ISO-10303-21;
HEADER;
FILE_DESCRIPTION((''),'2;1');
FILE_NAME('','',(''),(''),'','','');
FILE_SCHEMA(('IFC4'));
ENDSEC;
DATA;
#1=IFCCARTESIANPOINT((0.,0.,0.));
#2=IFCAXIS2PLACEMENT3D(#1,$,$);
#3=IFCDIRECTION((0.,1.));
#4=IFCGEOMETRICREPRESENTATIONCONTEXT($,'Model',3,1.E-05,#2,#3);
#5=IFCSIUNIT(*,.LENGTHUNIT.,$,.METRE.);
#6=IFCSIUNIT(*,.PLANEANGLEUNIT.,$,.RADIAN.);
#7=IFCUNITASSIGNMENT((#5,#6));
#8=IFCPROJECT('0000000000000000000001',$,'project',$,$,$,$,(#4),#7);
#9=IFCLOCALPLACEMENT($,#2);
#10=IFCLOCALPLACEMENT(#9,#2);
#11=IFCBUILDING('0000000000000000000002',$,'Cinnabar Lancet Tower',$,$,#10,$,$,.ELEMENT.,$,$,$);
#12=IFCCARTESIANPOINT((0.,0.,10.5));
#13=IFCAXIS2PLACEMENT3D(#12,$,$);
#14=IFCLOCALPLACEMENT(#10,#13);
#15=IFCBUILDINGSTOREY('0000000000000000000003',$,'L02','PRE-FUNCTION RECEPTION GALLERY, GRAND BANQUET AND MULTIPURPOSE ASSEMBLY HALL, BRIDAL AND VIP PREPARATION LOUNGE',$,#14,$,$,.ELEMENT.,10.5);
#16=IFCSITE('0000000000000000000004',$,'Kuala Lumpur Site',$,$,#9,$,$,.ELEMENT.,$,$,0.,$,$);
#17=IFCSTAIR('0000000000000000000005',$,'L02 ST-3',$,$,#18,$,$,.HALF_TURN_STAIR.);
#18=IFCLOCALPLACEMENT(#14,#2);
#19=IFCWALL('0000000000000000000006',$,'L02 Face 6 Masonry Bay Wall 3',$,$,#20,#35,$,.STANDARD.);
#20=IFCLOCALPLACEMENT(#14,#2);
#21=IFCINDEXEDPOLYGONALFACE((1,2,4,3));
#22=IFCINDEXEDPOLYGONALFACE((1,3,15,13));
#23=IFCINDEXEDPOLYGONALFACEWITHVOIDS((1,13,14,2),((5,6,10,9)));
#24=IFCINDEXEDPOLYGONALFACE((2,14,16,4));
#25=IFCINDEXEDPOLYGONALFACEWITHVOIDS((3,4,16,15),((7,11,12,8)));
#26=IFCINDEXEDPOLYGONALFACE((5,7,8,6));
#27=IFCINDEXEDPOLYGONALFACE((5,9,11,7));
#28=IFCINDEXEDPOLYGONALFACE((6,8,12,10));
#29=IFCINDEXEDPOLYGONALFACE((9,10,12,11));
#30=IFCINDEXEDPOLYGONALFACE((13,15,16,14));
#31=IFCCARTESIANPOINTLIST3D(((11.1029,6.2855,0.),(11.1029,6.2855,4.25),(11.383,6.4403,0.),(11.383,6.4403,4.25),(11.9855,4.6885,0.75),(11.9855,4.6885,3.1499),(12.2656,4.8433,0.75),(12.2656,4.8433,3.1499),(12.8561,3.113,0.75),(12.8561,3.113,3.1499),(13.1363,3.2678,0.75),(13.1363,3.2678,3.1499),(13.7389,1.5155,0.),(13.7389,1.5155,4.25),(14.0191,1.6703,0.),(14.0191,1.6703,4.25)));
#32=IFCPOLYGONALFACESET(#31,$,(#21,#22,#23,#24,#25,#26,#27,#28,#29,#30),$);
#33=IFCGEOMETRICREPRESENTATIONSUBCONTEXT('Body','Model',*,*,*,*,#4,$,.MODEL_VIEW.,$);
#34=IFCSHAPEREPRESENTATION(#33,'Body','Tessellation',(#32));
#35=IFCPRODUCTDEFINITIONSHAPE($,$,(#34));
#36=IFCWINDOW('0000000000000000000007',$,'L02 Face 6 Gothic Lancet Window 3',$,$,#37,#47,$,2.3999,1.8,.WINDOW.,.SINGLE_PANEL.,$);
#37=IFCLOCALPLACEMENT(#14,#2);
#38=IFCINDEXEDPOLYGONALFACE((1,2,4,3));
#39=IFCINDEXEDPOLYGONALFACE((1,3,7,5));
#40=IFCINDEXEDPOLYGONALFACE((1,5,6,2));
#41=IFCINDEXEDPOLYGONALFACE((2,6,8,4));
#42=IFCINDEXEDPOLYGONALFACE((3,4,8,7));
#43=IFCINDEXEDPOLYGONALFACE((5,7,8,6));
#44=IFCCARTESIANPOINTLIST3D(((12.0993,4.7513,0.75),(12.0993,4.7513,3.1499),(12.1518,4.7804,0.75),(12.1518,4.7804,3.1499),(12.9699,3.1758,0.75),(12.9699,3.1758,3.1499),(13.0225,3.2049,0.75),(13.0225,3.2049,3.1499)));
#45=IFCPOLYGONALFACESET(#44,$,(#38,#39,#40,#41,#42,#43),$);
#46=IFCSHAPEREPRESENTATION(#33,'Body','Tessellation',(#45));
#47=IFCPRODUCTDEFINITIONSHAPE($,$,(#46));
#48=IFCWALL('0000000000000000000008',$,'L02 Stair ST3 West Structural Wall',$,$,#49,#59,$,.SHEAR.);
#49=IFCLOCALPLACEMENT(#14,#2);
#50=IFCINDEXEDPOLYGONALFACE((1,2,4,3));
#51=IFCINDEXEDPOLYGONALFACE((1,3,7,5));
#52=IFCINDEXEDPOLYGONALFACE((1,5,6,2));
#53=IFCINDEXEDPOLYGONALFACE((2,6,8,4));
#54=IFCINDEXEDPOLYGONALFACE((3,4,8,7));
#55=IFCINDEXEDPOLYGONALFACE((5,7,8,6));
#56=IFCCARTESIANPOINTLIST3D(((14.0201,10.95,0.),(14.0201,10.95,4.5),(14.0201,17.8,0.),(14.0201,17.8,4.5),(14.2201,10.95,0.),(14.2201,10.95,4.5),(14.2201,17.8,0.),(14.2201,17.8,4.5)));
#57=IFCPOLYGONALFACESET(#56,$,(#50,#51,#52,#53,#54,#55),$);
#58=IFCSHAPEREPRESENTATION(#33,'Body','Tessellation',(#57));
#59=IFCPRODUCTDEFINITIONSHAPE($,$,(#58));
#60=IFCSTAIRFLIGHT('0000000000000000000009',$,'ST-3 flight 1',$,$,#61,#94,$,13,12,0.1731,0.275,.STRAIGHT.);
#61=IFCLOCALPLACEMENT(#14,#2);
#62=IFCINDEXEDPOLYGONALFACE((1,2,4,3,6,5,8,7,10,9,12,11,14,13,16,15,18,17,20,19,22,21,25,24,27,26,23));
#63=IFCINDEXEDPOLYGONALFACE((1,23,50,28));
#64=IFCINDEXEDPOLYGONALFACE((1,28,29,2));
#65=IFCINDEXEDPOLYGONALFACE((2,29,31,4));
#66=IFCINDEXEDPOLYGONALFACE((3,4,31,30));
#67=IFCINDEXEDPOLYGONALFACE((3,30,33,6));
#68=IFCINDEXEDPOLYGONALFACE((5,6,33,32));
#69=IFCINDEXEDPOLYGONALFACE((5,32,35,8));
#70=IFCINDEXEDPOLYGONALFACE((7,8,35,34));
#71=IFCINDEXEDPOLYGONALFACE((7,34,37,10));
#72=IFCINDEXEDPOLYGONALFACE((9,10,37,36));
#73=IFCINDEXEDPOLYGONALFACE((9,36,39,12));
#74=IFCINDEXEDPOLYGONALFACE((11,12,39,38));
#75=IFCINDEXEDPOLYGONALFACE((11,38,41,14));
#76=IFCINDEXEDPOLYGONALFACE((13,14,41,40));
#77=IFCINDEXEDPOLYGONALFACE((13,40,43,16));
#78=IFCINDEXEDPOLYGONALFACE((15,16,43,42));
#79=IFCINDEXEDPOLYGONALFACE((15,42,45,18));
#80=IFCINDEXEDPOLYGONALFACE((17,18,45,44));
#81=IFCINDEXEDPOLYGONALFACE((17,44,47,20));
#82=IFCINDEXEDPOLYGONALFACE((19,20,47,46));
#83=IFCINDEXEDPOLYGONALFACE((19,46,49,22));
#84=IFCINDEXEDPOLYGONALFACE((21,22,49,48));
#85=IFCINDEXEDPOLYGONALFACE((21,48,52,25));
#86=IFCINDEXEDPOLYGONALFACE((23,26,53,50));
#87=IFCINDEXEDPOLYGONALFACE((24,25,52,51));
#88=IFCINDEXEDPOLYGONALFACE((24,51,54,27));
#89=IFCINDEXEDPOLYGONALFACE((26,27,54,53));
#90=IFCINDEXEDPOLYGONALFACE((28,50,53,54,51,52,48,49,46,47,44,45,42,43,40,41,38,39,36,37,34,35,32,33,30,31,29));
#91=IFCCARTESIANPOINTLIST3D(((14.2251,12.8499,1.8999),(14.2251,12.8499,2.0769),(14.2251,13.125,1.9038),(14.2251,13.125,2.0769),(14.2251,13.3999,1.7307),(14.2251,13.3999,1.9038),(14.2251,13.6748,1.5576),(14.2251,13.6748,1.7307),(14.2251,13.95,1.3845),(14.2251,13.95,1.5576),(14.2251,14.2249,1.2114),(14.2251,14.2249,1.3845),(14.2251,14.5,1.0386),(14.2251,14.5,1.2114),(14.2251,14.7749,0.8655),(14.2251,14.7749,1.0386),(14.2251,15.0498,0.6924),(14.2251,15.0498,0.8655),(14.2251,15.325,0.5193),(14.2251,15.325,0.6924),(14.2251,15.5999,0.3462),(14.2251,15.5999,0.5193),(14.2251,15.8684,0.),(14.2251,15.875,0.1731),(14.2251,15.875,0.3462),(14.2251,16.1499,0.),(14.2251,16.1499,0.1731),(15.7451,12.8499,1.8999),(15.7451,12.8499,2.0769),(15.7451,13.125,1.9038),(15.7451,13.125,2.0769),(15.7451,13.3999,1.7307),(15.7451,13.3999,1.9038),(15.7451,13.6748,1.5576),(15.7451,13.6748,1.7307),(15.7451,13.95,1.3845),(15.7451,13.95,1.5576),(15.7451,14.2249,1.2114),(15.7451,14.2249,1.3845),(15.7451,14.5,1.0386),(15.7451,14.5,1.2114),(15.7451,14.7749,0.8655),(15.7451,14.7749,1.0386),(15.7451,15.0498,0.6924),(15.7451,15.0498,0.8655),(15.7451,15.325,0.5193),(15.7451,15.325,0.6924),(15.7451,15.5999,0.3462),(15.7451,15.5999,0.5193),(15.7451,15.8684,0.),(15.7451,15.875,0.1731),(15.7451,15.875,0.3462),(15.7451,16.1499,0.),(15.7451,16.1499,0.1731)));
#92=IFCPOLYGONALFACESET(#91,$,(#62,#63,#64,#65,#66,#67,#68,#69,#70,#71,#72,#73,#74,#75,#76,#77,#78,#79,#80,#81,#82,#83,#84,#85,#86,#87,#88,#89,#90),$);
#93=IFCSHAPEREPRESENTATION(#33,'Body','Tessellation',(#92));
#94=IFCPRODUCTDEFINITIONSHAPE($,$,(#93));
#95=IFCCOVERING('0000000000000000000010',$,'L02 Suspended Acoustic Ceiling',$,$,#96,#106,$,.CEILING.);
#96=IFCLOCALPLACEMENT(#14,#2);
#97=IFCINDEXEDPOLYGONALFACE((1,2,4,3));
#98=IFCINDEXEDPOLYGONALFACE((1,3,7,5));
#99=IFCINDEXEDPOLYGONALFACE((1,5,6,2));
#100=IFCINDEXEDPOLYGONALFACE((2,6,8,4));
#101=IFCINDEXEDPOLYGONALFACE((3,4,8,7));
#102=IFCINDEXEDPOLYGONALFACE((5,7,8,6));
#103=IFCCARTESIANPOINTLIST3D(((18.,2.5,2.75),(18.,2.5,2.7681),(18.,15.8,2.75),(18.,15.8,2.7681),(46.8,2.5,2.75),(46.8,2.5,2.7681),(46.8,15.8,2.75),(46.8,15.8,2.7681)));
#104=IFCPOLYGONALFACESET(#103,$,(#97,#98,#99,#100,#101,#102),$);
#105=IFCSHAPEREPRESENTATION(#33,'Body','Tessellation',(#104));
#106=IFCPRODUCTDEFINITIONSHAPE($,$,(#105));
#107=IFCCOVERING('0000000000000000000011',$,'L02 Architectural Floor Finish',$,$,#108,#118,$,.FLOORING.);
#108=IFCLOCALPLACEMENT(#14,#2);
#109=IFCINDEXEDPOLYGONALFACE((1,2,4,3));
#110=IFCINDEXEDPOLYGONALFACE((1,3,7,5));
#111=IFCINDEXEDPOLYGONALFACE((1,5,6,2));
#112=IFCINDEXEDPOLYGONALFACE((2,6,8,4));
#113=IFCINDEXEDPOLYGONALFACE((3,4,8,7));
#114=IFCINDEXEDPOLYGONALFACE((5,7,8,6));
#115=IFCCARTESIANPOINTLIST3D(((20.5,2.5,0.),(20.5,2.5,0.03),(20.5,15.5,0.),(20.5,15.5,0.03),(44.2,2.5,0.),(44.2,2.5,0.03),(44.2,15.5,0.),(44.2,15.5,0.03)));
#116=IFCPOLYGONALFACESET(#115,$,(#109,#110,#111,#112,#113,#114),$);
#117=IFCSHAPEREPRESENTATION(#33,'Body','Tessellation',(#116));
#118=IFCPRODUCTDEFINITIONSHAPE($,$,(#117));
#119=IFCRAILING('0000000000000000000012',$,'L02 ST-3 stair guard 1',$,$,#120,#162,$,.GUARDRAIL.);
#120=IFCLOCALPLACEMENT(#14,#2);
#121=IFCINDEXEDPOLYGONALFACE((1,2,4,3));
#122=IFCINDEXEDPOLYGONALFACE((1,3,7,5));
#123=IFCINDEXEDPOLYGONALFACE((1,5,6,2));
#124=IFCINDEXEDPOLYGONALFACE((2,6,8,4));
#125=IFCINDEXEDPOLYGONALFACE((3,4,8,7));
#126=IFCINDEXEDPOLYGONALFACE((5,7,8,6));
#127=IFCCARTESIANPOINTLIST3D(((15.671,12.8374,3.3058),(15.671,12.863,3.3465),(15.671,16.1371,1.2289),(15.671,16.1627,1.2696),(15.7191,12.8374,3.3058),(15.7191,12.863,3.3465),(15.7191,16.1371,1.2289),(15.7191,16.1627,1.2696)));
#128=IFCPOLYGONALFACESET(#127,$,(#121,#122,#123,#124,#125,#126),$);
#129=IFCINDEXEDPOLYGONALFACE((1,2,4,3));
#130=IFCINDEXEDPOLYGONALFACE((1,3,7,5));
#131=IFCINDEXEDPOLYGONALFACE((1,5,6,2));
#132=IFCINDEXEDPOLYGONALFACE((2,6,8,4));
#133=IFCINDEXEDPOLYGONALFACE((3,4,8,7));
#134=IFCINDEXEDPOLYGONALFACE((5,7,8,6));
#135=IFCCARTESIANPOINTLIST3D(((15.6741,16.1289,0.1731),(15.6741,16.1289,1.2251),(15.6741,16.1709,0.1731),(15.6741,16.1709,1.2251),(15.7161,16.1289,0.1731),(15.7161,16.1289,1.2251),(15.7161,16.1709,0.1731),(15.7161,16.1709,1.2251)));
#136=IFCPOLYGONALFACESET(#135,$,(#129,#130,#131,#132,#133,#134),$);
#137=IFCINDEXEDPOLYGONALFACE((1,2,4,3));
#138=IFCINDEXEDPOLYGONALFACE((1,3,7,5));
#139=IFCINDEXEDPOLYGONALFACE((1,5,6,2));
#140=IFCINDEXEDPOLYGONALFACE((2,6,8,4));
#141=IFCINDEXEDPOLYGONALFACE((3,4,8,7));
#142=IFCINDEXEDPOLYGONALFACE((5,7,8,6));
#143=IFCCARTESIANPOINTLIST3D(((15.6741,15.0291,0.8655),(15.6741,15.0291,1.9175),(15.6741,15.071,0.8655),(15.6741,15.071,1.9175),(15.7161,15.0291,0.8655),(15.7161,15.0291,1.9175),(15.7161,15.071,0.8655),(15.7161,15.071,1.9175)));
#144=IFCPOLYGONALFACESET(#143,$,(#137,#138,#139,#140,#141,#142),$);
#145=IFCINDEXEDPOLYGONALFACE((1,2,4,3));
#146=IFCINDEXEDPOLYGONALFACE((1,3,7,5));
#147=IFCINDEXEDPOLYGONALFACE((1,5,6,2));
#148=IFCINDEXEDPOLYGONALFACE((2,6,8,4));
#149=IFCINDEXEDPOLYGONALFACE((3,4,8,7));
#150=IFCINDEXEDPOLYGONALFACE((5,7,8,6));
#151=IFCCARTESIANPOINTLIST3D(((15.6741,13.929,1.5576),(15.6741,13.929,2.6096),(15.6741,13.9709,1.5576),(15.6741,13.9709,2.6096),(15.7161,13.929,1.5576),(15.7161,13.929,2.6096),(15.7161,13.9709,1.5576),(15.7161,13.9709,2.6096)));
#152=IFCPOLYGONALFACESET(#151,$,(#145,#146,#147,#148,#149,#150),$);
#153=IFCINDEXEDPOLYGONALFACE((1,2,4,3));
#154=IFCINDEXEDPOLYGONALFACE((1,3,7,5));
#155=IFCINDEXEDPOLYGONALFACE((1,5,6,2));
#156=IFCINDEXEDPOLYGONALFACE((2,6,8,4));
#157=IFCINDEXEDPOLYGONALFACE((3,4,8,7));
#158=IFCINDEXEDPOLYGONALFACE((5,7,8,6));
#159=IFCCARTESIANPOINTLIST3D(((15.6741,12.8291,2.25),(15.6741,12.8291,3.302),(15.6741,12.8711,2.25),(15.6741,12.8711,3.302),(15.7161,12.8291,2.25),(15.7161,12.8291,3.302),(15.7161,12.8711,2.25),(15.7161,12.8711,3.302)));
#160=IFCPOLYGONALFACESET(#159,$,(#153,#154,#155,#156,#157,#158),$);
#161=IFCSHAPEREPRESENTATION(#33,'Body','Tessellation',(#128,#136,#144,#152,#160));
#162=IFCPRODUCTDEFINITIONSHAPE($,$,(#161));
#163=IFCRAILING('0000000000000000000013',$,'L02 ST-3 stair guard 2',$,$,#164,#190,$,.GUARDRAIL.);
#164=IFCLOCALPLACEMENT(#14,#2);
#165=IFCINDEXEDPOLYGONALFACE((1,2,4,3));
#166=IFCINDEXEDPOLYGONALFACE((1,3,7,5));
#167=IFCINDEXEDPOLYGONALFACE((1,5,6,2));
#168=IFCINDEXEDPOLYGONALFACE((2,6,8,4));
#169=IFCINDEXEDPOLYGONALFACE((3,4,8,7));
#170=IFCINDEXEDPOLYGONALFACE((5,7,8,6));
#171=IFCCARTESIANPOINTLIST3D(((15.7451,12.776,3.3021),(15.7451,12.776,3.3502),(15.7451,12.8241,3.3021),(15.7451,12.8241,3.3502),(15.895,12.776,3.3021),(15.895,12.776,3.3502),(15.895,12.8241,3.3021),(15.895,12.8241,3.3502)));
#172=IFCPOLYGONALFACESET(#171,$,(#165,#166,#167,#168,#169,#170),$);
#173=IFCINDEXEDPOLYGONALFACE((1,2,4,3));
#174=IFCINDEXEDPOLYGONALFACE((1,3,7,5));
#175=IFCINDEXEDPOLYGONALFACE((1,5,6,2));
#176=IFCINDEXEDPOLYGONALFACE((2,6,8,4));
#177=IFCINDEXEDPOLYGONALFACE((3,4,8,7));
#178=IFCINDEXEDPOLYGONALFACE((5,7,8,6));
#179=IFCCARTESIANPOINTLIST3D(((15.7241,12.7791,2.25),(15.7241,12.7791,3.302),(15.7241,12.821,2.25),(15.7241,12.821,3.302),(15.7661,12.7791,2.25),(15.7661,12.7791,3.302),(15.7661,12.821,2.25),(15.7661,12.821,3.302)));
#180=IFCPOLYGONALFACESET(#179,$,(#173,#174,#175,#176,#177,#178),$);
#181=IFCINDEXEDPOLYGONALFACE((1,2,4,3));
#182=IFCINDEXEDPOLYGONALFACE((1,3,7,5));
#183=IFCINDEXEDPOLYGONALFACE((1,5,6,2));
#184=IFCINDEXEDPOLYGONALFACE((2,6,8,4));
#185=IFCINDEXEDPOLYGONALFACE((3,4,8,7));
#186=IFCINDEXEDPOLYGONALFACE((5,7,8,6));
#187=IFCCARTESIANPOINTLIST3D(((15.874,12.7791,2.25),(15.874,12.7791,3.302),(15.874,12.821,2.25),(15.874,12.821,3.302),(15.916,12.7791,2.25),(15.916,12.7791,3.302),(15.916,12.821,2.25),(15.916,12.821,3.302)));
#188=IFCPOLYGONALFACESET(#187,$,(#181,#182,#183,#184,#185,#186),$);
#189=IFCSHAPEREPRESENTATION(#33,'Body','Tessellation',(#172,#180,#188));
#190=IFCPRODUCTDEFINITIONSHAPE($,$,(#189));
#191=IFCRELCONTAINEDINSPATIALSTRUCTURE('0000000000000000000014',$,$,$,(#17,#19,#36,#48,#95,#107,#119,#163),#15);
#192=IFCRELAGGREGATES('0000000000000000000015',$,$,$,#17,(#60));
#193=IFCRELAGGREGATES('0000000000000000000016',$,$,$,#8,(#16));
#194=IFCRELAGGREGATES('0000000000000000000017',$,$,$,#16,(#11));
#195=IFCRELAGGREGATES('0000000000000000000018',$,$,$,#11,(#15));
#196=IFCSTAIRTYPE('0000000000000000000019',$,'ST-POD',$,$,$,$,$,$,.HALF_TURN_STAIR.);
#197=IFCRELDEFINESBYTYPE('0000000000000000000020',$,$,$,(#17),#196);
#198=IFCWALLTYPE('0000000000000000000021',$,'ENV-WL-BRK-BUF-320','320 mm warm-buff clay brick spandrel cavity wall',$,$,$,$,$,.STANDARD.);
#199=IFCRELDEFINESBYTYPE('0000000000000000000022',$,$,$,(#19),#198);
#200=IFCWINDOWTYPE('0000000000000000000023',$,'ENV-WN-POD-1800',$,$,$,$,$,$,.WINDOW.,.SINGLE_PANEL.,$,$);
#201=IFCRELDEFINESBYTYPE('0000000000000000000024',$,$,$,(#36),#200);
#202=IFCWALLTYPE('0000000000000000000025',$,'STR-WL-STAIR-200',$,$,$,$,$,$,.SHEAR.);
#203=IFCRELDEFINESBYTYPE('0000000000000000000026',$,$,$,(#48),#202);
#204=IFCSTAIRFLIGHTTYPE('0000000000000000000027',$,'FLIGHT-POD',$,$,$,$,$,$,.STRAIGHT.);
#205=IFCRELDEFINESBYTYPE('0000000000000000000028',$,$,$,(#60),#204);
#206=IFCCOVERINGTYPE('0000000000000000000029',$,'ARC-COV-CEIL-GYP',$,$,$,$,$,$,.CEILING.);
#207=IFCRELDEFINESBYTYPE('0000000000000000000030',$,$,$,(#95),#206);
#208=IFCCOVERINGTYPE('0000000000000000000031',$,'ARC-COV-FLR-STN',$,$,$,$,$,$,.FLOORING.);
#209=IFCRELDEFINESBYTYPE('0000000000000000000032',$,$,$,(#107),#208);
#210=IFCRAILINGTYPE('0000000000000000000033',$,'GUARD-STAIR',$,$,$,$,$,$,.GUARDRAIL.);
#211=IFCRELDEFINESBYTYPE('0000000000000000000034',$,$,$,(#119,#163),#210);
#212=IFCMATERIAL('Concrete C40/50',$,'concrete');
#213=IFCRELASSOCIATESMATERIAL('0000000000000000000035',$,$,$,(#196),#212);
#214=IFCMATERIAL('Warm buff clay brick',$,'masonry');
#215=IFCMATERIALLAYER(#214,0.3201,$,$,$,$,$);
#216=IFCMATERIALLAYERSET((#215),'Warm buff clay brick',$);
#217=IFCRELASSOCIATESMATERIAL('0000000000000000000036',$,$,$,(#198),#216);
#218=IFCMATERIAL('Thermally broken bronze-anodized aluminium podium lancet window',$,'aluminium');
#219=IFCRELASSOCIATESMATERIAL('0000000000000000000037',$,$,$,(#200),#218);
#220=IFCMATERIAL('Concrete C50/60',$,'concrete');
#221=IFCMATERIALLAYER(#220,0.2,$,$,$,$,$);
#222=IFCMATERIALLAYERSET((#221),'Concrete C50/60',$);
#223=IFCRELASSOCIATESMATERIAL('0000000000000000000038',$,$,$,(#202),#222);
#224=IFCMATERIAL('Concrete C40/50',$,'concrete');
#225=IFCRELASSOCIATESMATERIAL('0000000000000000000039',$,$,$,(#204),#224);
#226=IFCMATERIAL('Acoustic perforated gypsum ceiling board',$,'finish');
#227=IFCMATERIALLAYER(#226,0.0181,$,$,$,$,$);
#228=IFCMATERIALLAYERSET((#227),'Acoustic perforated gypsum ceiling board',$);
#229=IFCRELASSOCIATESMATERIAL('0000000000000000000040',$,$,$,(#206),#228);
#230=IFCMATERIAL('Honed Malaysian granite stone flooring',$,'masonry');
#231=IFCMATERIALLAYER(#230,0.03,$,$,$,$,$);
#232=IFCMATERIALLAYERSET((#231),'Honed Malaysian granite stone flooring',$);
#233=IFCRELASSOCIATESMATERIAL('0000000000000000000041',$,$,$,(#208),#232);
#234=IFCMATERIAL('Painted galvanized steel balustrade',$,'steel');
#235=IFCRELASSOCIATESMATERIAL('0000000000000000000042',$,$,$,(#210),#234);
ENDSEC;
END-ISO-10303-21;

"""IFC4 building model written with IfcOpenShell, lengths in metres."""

from ifc_helpers import new_model, si_unit, direction, frame, frame_2d, origin, origin_2d, place, context, subcontext, project, spatial, polyline, rectangle, outline, extrude, material, layer, layer_set, type_object, element, fill, aggregate, save


model = new_model("IFC4")

# Units and contexts
model_context = context("Model", 3, precision=1e-05, world=origin(), true_north=direction((0.0, 1.0)))
body_context = subcontext(model_context, "Body", "Model", "MODEL_VIEW")
ifc_project = project(units=[si_unit("LENGTHUNIT", "METRE"), si_unit("PLANEANGLEUNIT", "RADIAN")], contexts=[model_context])

# Site, building, storey
site_placement = place(None, origin())
site = spatial("IfcSite", under=ifc_project, at=site_placement, Name="Kuala Lumpur Site", CompositionType="ELEMENT", RefElevation=0.0)
building_placement = place(site_placement, origin())
building = spatial("IfcBuilding", under=site, at=building_placement, Name="Cinnabar Lancet Tower", CompositionType="ELEMENT")
storey_placement = place(building_placement, frame((0.0, 0.0, 10.5)))
storey = spatial("IfcBuildingStorey", under=building, at=storey_placement, Name="L02", Description="PRE-FUNCTION RECEPTION GALLERY, GRAND BANQUET AND MULTIPURPOSE ASSEMBLY HALL, BRIDAL AND VIP PREPARATION LOUNGE", CompositionType="ELEMENT", Elevation=10.5)

# Stair
ifc_material_1 = material(Name="Concrete C40/50", Category="concrete")
stair_type_1 = type_object("IfcStairType", Name="ST-POD", PredefinedType="HALF_TURN_STAIR", material=ifc_material_1)
stair_1_placement = place(storey_placement, origin())
stair_1 = element("IfcStair", 1, at=stair_1_placement, inside=storey, type_object=stair_type_1, Name="L02 ST-3", PredefinedType="HALF_TURN_STAIR")

# Shared definitions
ifc_material_2 = material(Name="Warm buff clay brick", Category="masonry")
ifc_layer_1 = layer(ifc_material_2, 0.3201)
ifc_layer_set_1 = layer_set([ifc_layer_1], Name="Warm buff clay brick")
wall_type_1 = type_object("IfcWallType", Name="ENV-WL-BRK-BUF-320", Description="320 mm warm-buff clay brick spandrel cavity wall", PredefinedType="STANDARD", material=ifc_layer_set_1)

# Wall, opening, window
ifc_material_3 = material(Name="Thermally broken bronze-anodized aluminium podium lancet window", Category="aluminium")
window_type = type_object("IfcWindowType", Name="ENV-WN-POD-1800", PartitioningType="SINGLE_PANEL", PredefinedType="WINDOW", material=ifc_material_3)
wall_1_placement = place(storey_placement, frame((11.2429, 6.363, 0.0), z_axis=(0.0, 0.0, 1.0), x_axis=(0.483675, -0.875248, 0.0)))
wall_1 = element("IfcWall", 2, at=wall_1_placement, inside=storey, type_object=wall_type_1, Name="L02 Face 6 Masonry Bay Wall 3", PredefinedType="STANDARD", context=body_context, shape_type="SweptSolid", body=[
    extrude(rectangle(XDim=5.45, YDim=0.3201, at=frame_2d((2.7251, 0.0))), origin(), (0.0, 0.0, 1.0), 4.25),
])
opening_1_placement = place(wall_1_placement, frame((1.825, 0.0, 0.75)))
opening_1 = element("IfcOpeningElement", 3, at=opening_1_placement, cuts=wall_1, PredefinedType="OPENING", context=body_context, shape_type="SweptSolid", body=[
    extrude(rectangle(XDim=1.8, YDim=2.3999, at=frame_2d((0.8999, 1.2))), frame((0.0, 0.1699, 0.0), z_axis=(0.0, -1.0, 0.0), x_axis=(1.0, 0.0, 0.0)), (0.0, 0.0, 1.0), 0.3401),
])
window_1_placement = place(opening_1_placement, origin())
window_1 = element("IfcWindow", 4, at=window_1_placement, inside=storey, type_object=window_type, Name="L02 Face 6 Gothic Lancet Window 3", OverallHeight=2.3999, OverallWidth=1.8, PartitioningType="SINGLE_PANEL", PredefinedType="WINDOW", context=body_context, shape_type="SweptSolid", body=[
    extrude(rectangle(XDim=1.8, YDim=2.3999, at=frame_2d((0.8999, 1.2))), frame((0.0, 0.03, 0.0), z_axis=(0.0, -1.0, 0.0), x_axis=(1.0, 0.0, 0.0)), (0.0, 0.0, 1.0), 0.0601),
])
fill(opening_1, window_1)

# Wall
ifc_material_4 = material(Name="Concrete C50/60", Category="concrete")
ifc_layer_2 = layer(ifc_material_4, 0.2)
ifc_layer_set_2 = layer_set([ifc_layer_2], Name="Concrete C50/60")
wall_type_2 = type_object("IfcWallType", Name="STR-WL-STAIR-200", PredefinedType="SHEAR", material=ifc_layer_set_2)
wall_2_placement = place(storey_placement, frame((14.1201, 10.95, 0.0), z_axis=(0.0, 0.0, 1.0), x_axis=(0.0, 1.0, 0.0)))
element("IfcWall", 5, at=wall_2_placement, inside=storey, type_object=wall_type_2, Name="L02 Stair ST3 West Structural Wall", PredefinedType="SHEAR", context=body_context, shape_type="SweptSolid", body=[
    extrude(rectangle(XDim=6.8501, YDim=0.2, at=frame_2d((3.425, 0.0))), origin(), (0.0, 0.0, 1.0), 4.5),
])

# Stair flight
ifc_material_5 = material(Name="Concrete C40/50", Category="concrete")
stair_flight_type = type_object("IfcStairFlightType", Name="FLIGHT-POD", PredefinedType="STRAIGHT", material=ifc_material_5)
stair_flight_placement = place(storey_placement, frame((14.9851, 16.1499, 0.0), z_axis=(0.0, 0.0, 1.0), x_axis=(0.0, -1.0, 0.0)))
stair_flight = element("IfcStairFlight", 6, at=stair_flight_placement, type_object=stair_flight_type, Name="ST-3 flight 1", NumberOfRisers=13, NumberOfTreads=12, PredefinedType="STRAIGHT", RiserHeight=0.1731, TreadLength=0.275, context=body_context, shape_type="SweptSolid", body=[
    extrude(outline(polyline([(0.0, 0.0), (0.0, 0.1731), (0.2749, 0.1731), (0.2749, 0.3462), (0.55, 0.3462), (0.55, 0.5193), (0.825, 0.5193), (0.825, 0.6924), (1.1001, 0.6924), (1.1001, 0.8655), (1.375, 0.8655), (1.375, 1.0386), (1.6499, 1.0386), (1.6499, 1.2114), (1.925, 1.2114), (1.925, 1.3845), (2.2, 1.3845), (2.2, 1.5576), (2.4751, 1.5576), (2.4751, 1.7307), (2.75, 1.7307), (2.75, 1.9038), (3.0249, 1.9038), (3.0249, 2.0769), (3.3, 2.0769), (3.3, 2.25), (3.3, 1.8999), (0.2815, 0.0), (0.0, 0.0)])), frame((0.0, 0.76, 0.0), z_axis=(0.0, -1.0, 0.0), x_axis=(1.0, 0.0, 0.0)), (0.0, 0.0, 1.0), 1.52),
])
aggregate(stair_1, [stair_flight])

# Coverings
ifc_material_6 = material(Name="Acoustic perforated gypsum ceiling board", Category="finish")
ifc_layer_3 = layer(ifc_material_6, 0.0181)
ifc_layer_set_3 = layer_set([ifc_layer_3], Name="Acoustic perforated gypsum ceiling board")
covering_type_1 = type_object("IfcCoveringType", Name="ARC-COV-CEIL-GYP", PredefinedType="CEILING", material=ifc_layer_set_3)
covering_1_placement = place(storey_placement, frame((0.0, 0.0, 2.75)))
element("IfcCovering", 7, at=covering_1_placement, inside=storey, type_object=covering_type_1, Name="L02 Suspended Acoustic Ceiling", PredefinedType="CEILING", context=body_context, shape_type="SweptSolid", body=[
    extrude(outline(polyline([(18.0, 2.5), (46.8, 2.5), (46.8, 15.8), (18.0, 15.8), (18.0, 2.5)])), origin(), (0.0, 0.0, 1.0), 0.0181),
])
ifc_material_7 = material(Name="Honed Malaysian granite stone flooring", Category="masonry")
ifc_layer_4 = layer(ifc_material_7, 0.03)
ifc_layer_set_4 = layer_set([ifc_layer_4], Name="Honed Malaysian granite stone flooring")
covering_type_2 = type_object("IfcCoveringType", Name="ARC-COV-FLR-STN", PredefinedType="FLOORING", material=ifc_layer_set_4)
covering_2_placement = place(storey_placement, origin())
element("IfcCovering", 8, at=covering_2_placement, inside=storey, type_object=covering_type_2, Name="L02 Architectural Floor Finish", PredefinedType="FLOORING", context=body_context, shape_type="SweptSolid", body=[
    extrude(outline(polyline([(20.5, 2.5), (44.2, 2.5), (44.2, 15.5), (20.5, 15.5), (20.5, 2.5)])), origin(), (0.0, 0.0, 1.0), 0.03),
])

# Railings
ifc_material_8 = material(Name="Painted galvanized steel balustrade", Category="steel")
railing_type_1 = type_object("IfcRailingType", Name="GUARD-STAIR", PredefinedType="GUARDRAIL", material=ifc_material_8)
railing_1_placement = place(storey_placement, frame((15.6951, 16.1499, 0.1731)))
element("IfcRailing", 9, at=railing_1_placement, inside=storey, type_object=railing_type_1, Name="L02 ST-3 stair guard 1", PredefinedType="GUARDRAIL", context=body_context, shape_type="SweptSolid", body=[
    extrude(rectangle(XDim=0.0481, YDim=0.0481, at=origin_2d()), frame((0.0, 0.0, 1.0762), z_axis=(0.0, -0.84632, 0.532675), x_axis=(1.0, 0.0, 0.0)), (0.0, 0.0, 1.0), 3.8989),
    extrude(rectangle(XDim=0.042, YDim=0.042, at=origin_2d()), origin(), (0.0, 0.0, 1.0), 1.052),
    extrude(rectangle(XDim=0.042, YDim=0.042, at=origin_2d()), frame((0.0, -1.0999, 0.6924)), (0.0, 0.0, 1.0), 1.052),
    extrude(rectangle(XDim=0.042, YDim=0.042, at=origin_2d()), frame((0.0, -2.2, 1.3845)), (0.0, 0.0, 1.0), 1.052),
    extrude(rectangle(XDim=0.042, YDim=0.042, at=origin_2d()), frame((0.0, -3.2998, 2.0769)), (0.0, 0.0, 1.0), 1.052),
])
for number, where, name in (
    (10, (15.7451, 12.8, 2.25), "L02 ST-3 stair guard 2"),
):
    element("IfcRailing", number, at=place(storey_placement, frame(where)), inside=storey, type_object=railing_type_1, Name=name, PredefinedType="GUARDRAIL", context=body_context, shape_type="SweptSolid", body=[
        extrude(rectangle(XDim=0.0481, YDim=0.0481, at=origin_2d()), frame((0.0, 0.0, 1.0762), z_axis=(1.0, 0.0, 0.0), x_axis=(0.0, 1.0, 0.0)), (0.0, 0.0, 1.0), 0.1499),
        extrude(rectangle(XDim=0.042, YDim=0.042, at=origin_2d()), origin(), (0.0, 0.0, 1.0), 1.052),
        extrude(rectangle(XDim=0.042, YDim=0.042, at=origin_2d()), frame((0.1499, 0.0, 0.0)), (0.0, 0.0, 1.0), 1.052),
    ])

save(model, "model.ifc")
